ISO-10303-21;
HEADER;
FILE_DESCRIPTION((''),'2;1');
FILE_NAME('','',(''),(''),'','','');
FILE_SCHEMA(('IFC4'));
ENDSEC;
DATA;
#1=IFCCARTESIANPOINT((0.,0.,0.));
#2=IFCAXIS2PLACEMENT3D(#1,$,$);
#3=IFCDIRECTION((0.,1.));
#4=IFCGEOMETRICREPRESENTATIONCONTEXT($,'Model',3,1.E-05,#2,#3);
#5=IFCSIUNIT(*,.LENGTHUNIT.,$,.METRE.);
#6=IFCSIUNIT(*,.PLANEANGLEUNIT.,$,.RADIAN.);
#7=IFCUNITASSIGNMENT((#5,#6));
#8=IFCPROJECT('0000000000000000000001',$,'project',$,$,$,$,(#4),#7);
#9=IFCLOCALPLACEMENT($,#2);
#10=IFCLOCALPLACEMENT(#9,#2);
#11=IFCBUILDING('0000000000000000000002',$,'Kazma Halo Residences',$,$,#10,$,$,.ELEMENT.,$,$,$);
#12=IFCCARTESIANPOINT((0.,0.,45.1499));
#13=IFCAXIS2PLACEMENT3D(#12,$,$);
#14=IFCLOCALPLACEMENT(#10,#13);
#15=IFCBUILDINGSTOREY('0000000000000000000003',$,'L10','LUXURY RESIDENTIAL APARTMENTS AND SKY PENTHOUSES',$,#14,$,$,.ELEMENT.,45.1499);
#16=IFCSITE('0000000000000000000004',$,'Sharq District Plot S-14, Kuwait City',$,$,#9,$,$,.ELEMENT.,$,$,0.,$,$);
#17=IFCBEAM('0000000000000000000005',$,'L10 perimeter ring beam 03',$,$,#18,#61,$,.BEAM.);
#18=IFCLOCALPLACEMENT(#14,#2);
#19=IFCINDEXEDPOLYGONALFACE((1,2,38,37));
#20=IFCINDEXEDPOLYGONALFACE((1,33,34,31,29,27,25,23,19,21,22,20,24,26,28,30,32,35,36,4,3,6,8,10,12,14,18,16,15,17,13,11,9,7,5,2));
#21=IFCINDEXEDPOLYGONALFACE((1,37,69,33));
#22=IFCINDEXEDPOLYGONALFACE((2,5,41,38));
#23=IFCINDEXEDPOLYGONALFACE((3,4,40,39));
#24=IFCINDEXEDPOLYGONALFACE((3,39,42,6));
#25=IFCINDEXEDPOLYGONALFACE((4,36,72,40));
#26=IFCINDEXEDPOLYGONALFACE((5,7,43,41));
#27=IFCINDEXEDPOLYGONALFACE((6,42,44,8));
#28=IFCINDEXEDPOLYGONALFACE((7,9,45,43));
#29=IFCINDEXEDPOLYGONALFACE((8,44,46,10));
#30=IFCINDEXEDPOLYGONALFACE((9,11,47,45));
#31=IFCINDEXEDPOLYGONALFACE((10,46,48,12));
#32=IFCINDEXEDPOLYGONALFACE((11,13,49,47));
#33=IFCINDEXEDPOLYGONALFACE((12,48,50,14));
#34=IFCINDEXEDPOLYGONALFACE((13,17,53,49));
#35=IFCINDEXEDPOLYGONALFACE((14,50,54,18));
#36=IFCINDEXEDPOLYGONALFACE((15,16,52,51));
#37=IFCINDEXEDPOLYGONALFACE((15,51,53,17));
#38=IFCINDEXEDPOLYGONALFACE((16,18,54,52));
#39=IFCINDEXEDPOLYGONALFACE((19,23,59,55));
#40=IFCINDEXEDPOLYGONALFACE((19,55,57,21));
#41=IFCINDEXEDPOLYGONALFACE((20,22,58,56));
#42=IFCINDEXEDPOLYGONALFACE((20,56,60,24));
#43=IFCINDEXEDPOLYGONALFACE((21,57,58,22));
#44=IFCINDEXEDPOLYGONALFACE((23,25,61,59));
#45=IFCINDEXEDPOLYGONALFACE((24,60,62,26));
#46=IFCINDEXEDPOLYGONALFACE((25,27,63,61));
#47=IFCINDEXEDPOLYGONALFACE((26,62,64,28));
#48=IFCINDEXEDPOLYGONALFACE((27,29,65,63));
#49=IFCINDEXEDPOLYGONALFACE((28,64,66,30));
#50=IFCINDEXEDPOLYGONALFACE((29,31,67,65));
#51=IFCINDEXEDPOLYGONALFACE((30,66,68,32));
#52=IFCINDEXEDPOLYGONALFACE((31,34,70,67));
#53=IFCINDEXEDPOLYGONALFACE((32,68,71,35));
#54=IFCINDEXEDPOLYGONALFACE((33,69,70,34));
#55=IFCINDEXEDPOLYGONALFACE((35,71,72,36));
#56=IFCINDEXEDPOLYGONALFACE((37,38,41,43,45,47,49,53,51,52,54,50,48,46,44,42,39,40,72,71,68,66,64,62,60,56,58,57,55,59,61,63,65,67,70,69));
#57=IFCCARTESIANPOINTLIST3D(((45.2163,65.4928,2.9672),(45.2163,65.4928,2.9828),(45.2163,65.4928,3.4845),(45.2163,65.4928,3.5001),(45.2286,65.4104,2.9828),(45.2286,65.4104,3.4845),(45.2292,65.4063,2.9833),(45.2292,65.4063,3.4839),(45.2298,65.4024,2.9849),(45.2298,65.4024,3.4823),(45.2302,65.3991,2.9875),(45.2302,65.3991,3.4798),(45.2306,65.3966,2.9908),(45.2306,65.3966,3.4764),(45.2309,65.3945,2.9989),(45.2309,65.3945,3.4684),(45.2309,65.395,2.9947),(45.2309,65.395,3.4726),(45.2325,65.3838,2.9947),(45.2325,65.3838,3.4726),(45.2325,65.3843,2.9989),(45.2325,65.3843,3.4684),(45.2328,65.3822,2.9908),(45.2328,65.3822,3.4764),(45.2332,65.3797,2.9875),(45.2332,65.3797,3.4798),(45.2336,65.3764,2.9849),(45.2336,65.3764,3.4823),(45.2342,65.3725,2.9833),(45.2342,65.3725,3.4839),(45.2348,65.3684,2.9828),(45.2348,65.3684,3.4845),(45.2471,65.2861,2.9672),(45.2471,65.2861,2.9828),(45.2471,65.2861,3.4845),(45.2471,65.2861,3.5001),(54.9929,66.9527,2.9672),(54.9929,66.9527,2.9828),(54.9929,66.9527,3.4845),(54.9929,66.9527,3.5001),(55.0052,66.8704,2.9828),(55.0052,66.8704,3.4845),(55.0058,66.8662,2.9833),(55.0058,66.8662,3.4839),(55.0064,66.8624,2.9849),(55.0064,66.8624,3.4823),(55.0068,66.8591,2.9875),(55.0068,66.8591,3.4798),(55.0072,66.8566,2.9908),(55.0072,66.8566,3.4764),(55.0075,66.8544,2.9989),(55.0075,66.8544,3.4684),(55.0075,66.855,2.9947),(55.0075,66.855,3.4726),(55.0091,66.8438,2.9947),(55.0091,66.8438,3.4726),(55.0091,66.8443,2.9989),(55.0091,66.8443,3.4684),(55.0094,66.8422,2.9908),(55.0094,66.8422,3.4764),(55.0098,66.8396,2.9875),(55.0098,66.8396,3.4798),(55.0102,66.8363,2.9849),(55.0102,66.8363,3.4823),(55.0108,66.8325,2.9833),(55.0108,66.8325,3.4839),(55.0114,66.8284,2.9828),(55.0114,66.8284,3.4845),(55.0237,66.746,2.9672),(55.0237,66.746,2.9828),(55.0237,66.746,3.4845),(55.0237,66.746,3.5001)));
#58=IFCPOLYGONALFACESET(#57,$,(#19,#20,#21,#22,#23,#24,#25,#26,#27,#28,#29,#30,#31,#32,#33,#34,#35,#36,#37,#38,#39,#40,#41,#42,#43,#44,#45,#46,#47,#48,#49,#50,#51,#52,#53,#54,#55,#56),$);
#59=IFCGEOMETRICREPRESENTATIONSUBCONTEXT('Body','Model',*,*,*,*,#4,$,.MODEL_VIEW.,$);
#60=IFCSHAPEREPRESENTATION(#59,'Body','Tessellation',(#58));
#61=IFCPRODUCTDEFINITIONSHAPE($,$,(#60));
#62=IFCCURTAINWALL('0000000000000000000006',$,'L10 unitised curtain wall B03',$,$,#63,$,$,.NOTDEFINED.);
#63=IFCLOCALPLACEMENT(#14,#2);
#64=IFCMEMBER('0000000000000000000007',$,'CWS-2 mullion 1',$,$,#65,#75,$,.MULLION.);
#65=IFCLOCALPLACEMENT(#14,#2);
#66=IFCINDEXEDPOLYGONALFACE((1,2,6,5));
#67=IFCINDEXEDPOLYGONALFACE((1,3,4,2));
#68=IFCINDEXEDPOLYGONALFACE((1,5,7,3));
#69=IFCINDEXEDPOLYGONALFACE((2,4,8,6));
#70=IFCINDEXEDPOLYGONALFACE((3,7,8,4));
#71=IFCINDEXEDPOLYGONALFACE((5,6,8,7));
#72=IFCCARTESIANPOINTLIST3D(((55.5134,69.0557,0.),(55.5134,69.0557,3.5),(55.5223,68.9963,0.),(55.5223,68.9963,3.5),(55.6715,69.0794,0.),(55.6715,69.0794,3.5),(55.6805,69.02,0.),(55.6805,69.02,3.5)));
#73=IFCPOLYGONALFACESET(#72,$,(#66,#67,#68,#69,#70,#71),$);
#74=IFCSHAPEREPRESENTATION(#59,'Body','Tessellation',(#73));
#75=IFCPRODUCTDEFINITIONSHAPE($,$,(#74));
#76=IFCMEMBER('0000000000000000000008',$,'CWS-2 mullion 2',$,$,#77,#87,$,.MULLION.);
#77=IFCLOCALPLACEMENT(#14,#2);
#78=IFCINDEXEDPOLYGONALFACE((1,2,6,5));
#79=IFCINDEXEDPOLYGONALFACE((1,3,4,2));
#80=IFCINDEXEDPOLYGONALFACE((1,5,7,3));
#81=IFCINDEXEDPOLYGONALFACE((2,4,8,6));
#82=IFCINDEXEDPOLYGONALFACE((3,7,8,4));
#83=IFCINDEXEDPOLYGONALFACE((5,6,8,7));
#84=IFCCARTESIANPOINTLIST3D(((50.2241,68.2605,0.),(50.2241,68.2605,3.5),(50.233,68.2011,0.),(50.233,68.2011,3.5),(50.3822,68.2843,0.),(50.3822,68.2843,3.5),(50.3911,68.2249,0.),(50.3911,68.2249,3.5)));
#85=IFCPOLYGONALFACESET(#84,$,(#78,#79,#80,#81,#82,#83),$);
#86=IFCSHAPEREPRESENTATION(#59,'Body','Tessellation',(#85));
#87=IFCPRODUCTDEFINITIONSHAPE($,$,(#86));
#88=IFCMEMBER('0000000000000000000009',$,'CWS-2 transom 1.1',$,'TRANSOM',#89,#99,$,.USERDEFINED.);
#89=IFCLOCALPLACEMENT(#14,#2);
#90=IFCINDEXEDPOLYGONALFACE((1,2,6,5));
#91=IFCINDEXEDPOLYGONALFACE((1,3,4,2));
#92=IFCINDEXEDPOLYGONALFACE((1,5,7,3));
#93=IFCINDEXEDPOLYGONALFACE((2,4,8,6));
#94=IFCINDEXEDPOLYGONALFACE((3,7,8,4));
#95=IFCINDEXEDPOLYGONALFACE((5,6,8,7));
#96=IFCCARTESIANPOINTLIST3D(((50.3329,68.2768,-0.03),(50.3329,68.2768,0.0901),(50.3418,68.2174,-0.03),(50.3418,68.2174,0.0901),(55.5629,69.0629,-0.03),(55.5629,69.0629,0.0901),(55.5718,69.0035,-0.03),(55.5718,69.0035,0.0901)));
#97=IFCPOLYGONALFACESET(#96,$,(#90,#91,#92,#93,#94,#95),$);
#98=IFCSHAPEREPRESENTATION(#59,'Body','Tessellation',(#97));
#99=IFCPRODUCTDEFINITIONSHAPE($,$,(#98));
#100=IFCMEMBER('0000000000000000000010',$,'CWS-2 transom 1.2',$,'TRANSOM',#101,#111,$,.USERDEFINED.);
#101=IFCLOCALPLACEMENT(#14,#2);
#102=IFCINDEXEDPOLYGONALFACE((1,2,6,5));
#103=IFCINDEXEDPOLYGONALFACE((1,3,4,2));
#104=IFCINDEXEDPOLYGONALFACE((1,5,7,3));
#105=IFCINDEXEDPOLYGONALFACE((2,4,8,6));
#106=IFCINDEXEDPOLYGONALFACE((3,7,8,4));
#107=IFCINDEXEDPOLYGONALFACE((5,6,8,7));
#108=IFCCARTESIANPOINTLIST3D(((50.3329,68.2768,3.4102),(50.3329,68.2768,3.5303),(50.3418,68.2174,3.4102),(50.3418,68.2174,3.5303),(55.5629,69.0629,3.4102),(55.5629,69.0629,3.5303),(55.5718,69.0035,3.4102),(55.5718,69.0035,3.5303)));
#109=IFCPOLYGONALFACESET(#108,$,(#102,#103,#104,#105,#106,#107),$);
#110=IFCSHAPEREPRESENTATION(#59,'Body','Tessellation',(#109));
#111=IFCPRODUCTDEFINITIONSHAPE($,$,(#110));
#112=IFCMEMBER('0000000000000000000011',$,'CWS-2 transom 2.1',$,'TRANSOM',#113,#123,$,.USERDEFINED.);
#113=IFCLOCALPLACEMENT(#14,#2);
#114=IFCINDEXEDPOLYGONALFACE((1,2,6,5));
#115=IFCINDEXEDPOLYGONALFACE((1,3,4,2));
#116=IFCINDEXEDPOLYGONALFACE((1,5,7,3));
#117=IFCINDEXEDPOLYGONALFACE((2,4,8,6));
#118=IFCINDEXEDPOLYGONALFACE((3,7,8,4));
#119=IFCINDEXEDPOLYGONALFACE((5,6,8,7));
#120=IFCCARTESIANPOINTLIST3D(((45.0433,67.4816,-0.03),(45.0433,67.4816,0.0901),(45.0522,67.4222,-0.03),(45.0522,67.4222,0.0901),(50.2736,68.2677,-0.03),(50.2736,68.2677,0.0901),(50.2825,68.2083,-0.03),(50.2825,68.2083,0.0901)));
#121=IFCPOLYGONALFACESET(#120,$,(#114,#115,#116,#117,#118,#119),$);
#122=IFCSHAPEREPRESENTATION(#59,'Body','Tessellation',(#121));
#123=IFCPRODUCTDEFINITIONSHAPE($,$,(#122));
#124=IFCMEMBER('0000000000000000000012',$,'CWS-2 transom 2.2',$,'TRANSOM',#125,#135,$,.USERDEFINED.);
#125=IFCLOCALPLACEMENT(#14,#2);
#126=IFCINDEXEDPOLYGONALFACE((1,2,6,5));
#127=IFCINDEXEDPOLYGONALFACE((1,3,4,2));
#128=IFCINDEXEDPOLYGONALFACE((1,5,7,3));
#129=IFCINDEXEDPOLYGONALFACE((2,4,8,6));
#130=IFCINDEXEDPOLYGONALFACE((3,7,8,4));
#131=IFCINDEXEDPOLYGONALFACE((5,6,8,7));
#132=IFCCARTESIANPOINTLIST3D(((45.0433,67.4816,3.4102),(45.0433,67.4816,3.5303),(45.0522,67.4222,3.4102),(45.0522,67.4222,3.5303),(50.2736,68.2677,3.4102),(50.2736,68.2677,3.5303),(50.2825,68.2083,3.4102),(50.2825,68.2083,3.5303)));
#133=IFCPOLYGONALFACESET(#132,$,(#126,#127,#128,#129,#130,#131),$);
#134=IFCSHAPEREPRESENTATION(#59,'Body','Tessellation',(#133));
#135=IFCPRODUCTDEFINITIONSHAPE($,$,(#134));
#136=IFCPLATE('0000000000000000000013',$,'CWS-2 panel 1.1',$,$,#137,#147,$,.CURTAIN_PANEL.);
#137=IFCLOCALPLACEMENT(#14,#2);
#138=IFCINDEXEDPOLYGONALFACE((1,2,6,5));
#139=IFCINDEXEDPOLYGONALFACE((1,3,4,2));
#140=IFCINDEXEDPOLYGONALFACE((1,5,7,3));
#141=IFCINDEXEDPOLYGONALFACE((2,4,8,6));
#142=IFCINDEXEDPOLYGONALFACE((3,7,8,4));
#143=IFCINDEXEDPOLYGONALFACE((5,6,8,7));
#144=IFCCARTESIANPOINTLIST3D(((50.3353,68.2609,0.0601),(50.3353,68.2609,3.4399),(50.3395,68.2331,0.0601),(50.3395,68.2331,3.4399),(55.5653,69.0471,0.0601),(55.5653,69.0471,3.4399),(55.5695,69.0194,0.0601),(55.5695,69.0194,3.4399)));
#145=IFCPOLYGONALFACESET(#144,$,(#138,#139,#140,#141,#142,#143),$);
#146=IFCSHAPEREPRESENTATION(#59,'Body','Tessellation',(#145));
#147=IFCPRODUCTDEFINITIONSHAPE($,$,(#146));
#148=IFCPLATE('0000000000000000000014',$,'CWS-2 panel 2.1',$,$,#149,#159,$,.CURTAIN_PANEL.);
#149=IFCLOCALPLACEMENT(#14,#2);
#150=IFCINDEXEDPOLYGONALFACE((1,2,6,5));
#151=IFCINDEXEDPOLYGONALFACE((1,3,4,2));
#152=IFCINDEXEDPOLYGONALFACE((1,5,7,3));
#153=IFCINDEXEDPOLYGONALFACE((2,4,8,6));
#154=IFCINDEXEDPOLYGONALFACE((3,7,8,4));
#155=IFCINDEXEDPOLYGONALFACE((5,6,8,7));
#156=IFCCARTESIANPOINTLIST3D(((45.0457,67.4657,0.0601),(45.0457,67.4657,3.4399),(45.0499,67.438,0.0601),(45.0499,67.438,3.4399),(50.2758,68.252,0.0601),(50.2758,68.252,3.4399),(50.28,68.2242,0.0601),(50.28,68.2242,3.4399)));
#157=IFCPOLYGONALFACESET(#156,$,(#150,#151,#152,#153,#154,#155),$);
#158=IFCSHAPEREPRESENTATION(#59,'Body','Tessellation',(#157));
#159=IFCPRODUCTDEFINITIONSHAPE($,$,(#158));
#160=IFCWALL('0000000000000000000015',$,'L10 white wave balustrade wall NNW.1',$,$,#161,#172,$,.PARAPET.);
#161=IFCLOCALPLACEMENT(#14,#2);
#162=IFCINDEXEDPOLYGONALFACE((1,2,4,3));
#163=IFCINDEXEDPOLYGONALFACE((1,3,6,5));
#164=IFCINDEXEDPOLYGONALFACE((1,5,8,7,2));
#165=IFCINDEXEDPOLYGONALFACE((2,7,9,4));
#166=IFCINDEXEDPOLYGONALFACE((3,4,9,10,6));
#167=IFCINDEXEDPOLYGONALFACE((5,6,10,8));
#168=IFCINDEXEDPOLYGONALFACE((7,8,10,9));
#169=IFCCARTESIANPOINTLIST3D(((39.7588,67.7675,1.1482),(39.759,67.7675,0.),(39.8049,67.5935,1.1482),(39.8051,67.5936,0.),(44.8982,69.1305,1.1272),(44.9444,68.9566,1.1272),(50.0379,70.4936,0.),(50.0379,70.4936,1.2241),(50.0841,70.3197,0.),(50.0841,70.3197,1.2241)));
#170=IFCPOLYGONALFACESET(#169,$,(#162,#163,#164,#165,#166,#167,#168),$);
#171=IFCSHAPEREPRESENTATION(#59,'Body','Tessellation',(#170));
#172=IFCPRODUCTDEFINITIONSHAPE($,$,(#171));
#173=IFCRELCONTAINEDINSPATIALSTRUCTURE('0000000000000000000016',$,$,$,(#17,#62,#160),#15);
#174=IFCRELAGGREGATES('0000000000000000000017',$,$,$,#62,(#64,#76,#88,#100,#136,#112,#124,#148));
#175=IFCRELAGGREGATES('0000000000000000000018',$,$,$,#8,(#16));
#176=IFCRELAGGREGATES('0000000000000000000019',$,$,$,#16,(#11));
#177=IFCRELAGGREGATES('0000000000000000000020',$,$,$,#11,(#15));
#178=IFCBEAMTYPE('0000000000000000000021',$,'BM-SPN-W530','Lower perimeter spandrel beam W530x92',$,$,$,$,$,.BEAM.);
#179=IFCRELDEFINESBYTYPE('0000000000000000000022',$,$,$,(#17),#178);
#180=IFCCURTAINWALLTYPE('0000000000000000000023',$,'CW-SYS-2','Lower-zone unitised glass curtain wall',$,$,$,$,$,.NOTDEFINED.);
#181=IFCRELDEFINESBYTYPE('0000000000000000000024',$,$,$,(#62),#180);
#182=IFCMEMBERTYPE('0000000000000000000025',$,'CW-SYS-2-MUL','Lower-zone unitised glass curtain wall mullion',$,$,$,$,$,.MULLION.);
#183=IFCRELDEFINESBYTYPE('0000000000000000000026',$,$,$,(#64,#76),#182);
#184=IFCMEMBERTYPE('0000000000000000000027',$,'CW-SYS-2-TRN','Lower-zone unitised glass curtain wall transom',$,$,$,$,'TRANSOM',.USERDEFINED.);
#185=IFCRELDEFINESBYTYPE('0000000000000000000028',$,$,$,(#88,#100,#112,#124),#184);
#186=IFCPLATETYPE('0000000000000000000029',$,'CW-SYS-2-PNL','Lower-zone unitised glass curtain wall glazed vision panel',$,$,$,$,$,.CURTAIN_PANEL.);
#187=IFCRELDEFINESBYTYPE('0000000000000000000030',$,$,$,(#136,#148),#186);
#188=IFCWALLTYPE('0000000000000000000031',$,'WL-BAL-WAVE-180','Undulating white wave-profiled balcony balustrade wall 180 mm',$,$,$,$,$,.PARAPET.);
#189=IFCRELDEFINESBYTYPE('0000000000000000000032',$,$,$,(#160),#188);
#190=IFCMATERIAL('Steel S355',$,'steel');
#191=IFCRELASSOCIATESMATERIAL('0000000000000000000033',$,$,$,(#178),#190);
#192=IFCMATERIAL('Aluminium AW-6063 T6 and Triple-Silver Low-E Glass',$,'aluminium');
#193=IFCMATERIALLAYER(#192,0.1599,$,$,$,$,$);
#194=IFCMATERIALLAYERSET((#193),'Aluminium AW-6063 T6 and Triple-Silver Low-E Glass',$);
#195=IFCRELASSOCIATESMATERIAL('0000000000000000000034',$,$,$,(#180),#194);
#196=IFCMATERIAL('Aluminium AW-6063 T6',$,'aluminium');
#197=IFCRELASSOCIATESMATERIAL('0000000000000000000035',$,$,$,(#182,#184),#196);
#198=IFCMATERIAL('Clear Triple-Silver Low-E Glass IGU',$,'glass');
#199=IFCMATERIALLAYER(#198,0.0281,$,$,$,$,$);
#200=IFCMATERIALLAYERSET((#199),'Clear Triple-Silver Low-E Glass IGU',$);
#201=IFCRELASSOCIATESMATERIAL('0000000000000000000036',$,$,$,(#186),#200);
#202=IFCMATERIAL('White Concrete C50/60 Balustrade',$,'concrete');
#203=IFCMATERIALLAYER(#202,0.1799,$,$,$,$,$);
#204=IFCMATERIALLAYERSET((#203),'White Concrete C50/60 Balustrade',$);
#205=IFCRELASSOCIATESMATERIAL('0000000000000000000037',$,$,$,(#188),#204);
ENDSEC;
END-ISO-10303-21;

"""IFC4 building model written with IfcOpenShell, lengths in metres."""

from ifc_helpers import new_model, si_unit, direction, frame, origin, origin_2d, place, context, subcontext, project, spatial, polyline, rectangle, i_section, outline, extrude, material, layer, layer_set, material_profile, profile_set, type_object, element, aggregate, save


model = new_model("IFC4")

# Units and contexts
model_context = context("Model", 3, precision=1e-05, world=origin(), true_north=direction((0.0, 1.0)))
body_context = subcontext(model_context, "Body", "Model", "MODEL_VIEW")
ifc_project = project(units=[si_unit("LENGTHUNIT", "METRE"), si_unit("PLANEANGLEUNIT", "RADIAN")], contexts=[model_context])

# Site, building, storey
site_placement = place(None, origin())
site = spatial("IfcSite", under=ifc_project, at=site_placement, Name="Sharq District Plot S-14, Kuwait City", CompositionType="ELEMENT", RefElevation=0.0)
building_placement = place(site_placement, origin())
building = spatial("IfcBuilding", under=site, at=building_placement, Name="Kazma Halo Residences", CompositionType="ELEMENT")
storey_placement = place(building_placement, frame((0.0, 0.0, 45.1499)))
storey = spatial("IfcBuildingStorey", under=building, at=storey_placement, Name="L10", Description="LUXURY RESIDENTIAL APARTMENTS AND SKY PENTHOUSES", CompositionType="ELEMENT", Elevation=45.1499)

# Beam
ifc_material_1 = material(Name="Steel S355", Category="steel")
ifc_material_profile_1 = material_profile(ifc_material_1, i_section(OverallWidth=0.209, OverallDepth=0.533, WebThickness=0.0103, FlangeThickness=0.0156, FilletRadius=0.0161, at=origin_2d()), Name="W530x92")
ifc_profile_set_1 = profile_set([ifc_material_profile_1], Name="Steel S355")
beam_type_1 = type_object("IfcBeamType", Name="BM-SPN-W530", Description="Lower perimeter spandrel beam W530x92", PredefinedType="BEAM", material=ifc_profile_set_1)
beam_1_placement = place(storey_placement, frame((55.0083, 66.8494, 3.2336), z_axis=(-0.989033, -0.147694, 0.0), x_axis=(0.147694, -0.989033, 0.0)))
element("IfcBeam", 1, at=beam_1_placement, inside=storey, type_object=beam_type_1, Name="L10 perimeter ring beam 03", PredefinedType="BEAM", context=body_context, shape_type="SweptSolid", body=[
    extrude(i_section(OverallWidth=0.209, OverallDepth=0.533, WebThickness=0.0103, FlangeThickness=0.0156, FilletRadius=0.0161, at=origin_2d()), origin(), (0.0, 0.0, 1.0), 9.885),
])

# Curtain wall, members, plates
ifc_material_2 = material(Name="Aluminium AW-6063 T6 and Triple-Silver Low-E Glass", Category="aluminium")
ifc_layer_1 = layer(ifc_material_2, 0.1599)
ifc_layer_set_1 = layer_set([ifc_layer_1], Name="Aluminium AW-6063 T6 and Triple-Silver Low-E Glass")
curtain_wall_type = type_object("IfcCurtainWallType", Name="CW-SYS-2", Description="Lower-zone unitised glass curtain wall", PredefinedType="NOTDEFINED", material=ifc_layer_set_1)
curtain_wall_placement = place(storey_placement, origin())
curtain_wall = element("IfcCurtainWall", 2, at=curtain_wall_placement, inside=storey, type_object=curtain_wall_type, Name="L10 unitised curtain wall B03", PredefinedType="NOTDEFINED")
ifc_material_3 = material(Name="Aluminium AW-6063 T6", Category="aluminium")
ifc_material_profile_2 = material_profile(ifc_material_3, rectangle(XDim=0.0601, YDim=0.1599, at=origin_2d()), Name="CWM-60x160")
ifc_profile_set_2 = profile_set([ifc_material_profile_2], Name="Aluminium AW-6063 T6")
member_type_1 = type_object("IfcMemberType", Name="CW-SYS-2-MUL", Description="Lower-zone unitised glass curtain wall mullion", PredefinedType="MULLION", material=ifc_profile_set_2)
member_1_placement = place(storey_placement, frame((55.5969, 69.0378, 0.0), z_axis=(0.0, 0.0, 1.0), x_axis=(0.148657, -0.988889, 0.0)))
member_1 = element("IfcMember", 3, at=member_1_placement, type_object=member_type_1, Name="CWS-2 mullion 1", PredefinedType="MULLION", context=body_context, shape_type="SweptSolid", body=[
    extrude(rectangle(XDim=0.0601, YDim=0.1599, at=origin_2d()), origin(), (0.0, 0.0, 1.0), 3.5),
])
member_2_placement = place(storey_placement, frame((50.3076, 68.2427, 0.0), z_axis=(0.0, 0.0, 1.0), x_axis=(0.148657, -0.988889, 0.0)))
member_2 = element("IfcMember", 4, at=member_2_placement, type_object=member_type_1, Name="CWS-2 mullion 2", PredefinedType="MULLION", context=body_context, shape_type="SweptSolid", body=[
    extrude(rectangle(XDim=0.0601, YDim=0.1599, at=origin_2d()), origin(), (0.0, 0.0, 1.0), 3.5),
])
ifc_material_profile_3 = material_profile(ifc_material_3, rectangle(XDim=0.0601, YDim=0.1201, at=origin_2d()), Name="CWT-60x120")
ifc_profile_set_3 = profile_set([ifc_material_profile_3], Name="Aluminium AW-6063 T6")
member_type_2 = type_object("IfcMemberType", Name="CW-SYS-2-TRN", Description="Lower-zone unitised glass curtain wall transom", ElementType="TRANSOM", PredefinedType="USERDEFINED", material=ifc_profile_set_3)
member_3_placement = place(storey_placement, frame((55.5674, 69.0332, 0.03), z_axis=(-0.988891, -0.148643, 0.0), x_axis=(0.148643, -0.988891, 0.0)))
member_3 = element("IfcMember", 5, at=member_3_placement, type_object=member_type_2, Name="CWS-2 transom 1.1", ObjectType="TRANSOM", PredefinedType="USERDEFINED", context=body_context, shape_type="SweptSolid", body=[
    extrude(rectangle(XDim=0.0601, YDim=0.1201, at=origin_2d()), origin(), (0.0, 0.0, 1.0), 5.2888),
])
member_4_placement = place(storey_placement, frame((55.5674, 69.0332, 3.4702), z_axis=(-0.988891, -0.148643, 0.0), x_axis=(0.148643, -0.988891, 0.0)))
member_4 = element("IfcMember", 6, at=member_4_placement, type_object=member_type_2, Name="CWS-2 transom 1.2", ObjectType="TRANSOM", PredefinedType="USERDEFINED", context=body_context, shape_type="SweptSolid", body=[
    extrude(rectangle(XDim=0.0601, YDim=0.1201, at=origin_2d()), origin(), (0.0, 0.0, 1.0), 5.2888),
])
member_5_placement = place(storey_placement, frame((50.2781, 68.238, 0.03), z_axis=(-0.988892, -0.148636, 0.0), x_axis=(0.148636, -0.988892, 0.0)))
member_5 = element("IfcMember", 7, at=member_5_placement, type_object=member_type_2, Name="CWS-2 transom 2.1", ObjectType="TRANSOM", PredefinedType="USERDEFINED", context=body_context, shape_type="SweptSolid", body=[
    extrude(rectangle(XDim=0.0601, YDim=0.1201, at=origin_2d()), origin(), (0.0, 0.0, 1.0), 5.2891),
])
member_6_placement = place(storey_placement, frame((50.2781, 68.238, 3.4702), z_axis=(-0.988892, -0.148636, 0.0), x_axis=(0.148636, -0.988892, 0.0)))
member_6 = element("IfcMember", 8, at=member_6_placement, type_object=member_type_2, Name="CWS-2 transom 2.2", ObjectType="TRANSOM", PredefinedType="USERDEFINED", context=body_context, shape_type="SweptSolid", body=[
    extrude(rectangle(XDim=0.0601, YDim=0.1201, at=origin_2d()), origin(), (0.0, 0.0, 1.0), 5.2891),
])
ifc_material_4 = material(Name="Clear Triple-Silver Low-E Glass IGU", Category="glass")
ifc_layer_2 = layer(ifc_material_4, 0.0281)
ifc_layer_set_2 = layer_set([ifc_layer_2], Name="Clear Triple-Silver Low-E Glass IGU")
plate_type = type_object("IfcPlateType", Name="CW-SYS-2-PNL", Description="Lower-zone unitised glass curtain wall glazed vision panel", PredefinedType="CURTAIN_PANEL", material=ifc_layer_set_2)
plate_1_placement = place(storey_placement, frame((52.9524, 68.6401, 0.0601), z_axis=(0.0, 0.0, 1.0), x_axis=(-0.988889, -0.148657, 0.0)))
plate_1 = element("IfcPlate", 9, at=plate_1_placement, type_object=plate_type, Name="CWS-2 panel 1.1", PredefinedType="CURTAIN_PANEL", context=body_context, shape_type="SweptSolid", body=[
    extrude(rectangle(XDim=5.2888, YDim=0.0281, at=origin_2d()), origin(), (0.0, 0.0, 1.0), 3.3799),
])
plate_2_placement = place(storey_placement, frame((47.6628, 67.845, 0.0601), z_axis=(0.0, 0.0, 1.0), x_axis=(-0.988889, -0.148657, 0.0)))
plate_2 = element("IfcPlate", 10, at=plate_2_placement, type_object=plate_type, Name="CWS-2 panel 2.1", PredefinedType="CURTAIN_PANEL", context=body_context, shape_type="SweptSolid", body=[
    extrude(rectangle(XDim=5.2888, YDim=0.0281, at=origin_2d()), origin(), (0.0, 0.0, 1.0), 3.3799),
])
aggregate(curtain_wall, [member_1, member_2, member_3, member_4, plate_1, member_5, member_6, plate_2])

# Wall
ifc_material_5 = material(Name="White Concrete C50/60 Balustrade", Category="concrete")
ifc_layer_3 = layer(ifc_material_5, 0.1799)
ifc_layer_set_3 = layer_set([ifc_layer_3], Name="White Concrete C50/60 Balustrade")
wall_type_1 = type_object("IfcWallType", Name="WL-BAL-WAVE-180", Description="Undulating white wave-profiled balcony balustrade wall 180 mm", PredefinedType="PARAPET", material=ifc_layer_set_3)
wall_1_placement = place(storey_placement, frame((50.061, 70.4065, 0.0), z_axis=(0.0, 0.0, 1.0), x_axis=(-0.966585, -0.256345, 0.0)))
element("IfcWall", 11, at=wall_1_placement, inside=storey, type_object=wall_type_1, Name="L10 white wave balustrade wall NNW.1", PredefinedType="PARAPET", context=body_context, shape_type="SweptSolid", body=[
    extrude(outline(polyline([(0.0, 0.0), (10.6343, 0.0), (10.6345, 1.1482), (5.3174, 1.1272), (0.0, 1.2241), (0.0, 0.0)])), frame((0.0, 0.0898, 0.0), z_axis=(0.0, -1.0, 0.0), x_axis=(1.0, 0.0, 0.0)), (0.0, 0.0, 1.0), 0.1799),
])

save(model, "model.ifc")
